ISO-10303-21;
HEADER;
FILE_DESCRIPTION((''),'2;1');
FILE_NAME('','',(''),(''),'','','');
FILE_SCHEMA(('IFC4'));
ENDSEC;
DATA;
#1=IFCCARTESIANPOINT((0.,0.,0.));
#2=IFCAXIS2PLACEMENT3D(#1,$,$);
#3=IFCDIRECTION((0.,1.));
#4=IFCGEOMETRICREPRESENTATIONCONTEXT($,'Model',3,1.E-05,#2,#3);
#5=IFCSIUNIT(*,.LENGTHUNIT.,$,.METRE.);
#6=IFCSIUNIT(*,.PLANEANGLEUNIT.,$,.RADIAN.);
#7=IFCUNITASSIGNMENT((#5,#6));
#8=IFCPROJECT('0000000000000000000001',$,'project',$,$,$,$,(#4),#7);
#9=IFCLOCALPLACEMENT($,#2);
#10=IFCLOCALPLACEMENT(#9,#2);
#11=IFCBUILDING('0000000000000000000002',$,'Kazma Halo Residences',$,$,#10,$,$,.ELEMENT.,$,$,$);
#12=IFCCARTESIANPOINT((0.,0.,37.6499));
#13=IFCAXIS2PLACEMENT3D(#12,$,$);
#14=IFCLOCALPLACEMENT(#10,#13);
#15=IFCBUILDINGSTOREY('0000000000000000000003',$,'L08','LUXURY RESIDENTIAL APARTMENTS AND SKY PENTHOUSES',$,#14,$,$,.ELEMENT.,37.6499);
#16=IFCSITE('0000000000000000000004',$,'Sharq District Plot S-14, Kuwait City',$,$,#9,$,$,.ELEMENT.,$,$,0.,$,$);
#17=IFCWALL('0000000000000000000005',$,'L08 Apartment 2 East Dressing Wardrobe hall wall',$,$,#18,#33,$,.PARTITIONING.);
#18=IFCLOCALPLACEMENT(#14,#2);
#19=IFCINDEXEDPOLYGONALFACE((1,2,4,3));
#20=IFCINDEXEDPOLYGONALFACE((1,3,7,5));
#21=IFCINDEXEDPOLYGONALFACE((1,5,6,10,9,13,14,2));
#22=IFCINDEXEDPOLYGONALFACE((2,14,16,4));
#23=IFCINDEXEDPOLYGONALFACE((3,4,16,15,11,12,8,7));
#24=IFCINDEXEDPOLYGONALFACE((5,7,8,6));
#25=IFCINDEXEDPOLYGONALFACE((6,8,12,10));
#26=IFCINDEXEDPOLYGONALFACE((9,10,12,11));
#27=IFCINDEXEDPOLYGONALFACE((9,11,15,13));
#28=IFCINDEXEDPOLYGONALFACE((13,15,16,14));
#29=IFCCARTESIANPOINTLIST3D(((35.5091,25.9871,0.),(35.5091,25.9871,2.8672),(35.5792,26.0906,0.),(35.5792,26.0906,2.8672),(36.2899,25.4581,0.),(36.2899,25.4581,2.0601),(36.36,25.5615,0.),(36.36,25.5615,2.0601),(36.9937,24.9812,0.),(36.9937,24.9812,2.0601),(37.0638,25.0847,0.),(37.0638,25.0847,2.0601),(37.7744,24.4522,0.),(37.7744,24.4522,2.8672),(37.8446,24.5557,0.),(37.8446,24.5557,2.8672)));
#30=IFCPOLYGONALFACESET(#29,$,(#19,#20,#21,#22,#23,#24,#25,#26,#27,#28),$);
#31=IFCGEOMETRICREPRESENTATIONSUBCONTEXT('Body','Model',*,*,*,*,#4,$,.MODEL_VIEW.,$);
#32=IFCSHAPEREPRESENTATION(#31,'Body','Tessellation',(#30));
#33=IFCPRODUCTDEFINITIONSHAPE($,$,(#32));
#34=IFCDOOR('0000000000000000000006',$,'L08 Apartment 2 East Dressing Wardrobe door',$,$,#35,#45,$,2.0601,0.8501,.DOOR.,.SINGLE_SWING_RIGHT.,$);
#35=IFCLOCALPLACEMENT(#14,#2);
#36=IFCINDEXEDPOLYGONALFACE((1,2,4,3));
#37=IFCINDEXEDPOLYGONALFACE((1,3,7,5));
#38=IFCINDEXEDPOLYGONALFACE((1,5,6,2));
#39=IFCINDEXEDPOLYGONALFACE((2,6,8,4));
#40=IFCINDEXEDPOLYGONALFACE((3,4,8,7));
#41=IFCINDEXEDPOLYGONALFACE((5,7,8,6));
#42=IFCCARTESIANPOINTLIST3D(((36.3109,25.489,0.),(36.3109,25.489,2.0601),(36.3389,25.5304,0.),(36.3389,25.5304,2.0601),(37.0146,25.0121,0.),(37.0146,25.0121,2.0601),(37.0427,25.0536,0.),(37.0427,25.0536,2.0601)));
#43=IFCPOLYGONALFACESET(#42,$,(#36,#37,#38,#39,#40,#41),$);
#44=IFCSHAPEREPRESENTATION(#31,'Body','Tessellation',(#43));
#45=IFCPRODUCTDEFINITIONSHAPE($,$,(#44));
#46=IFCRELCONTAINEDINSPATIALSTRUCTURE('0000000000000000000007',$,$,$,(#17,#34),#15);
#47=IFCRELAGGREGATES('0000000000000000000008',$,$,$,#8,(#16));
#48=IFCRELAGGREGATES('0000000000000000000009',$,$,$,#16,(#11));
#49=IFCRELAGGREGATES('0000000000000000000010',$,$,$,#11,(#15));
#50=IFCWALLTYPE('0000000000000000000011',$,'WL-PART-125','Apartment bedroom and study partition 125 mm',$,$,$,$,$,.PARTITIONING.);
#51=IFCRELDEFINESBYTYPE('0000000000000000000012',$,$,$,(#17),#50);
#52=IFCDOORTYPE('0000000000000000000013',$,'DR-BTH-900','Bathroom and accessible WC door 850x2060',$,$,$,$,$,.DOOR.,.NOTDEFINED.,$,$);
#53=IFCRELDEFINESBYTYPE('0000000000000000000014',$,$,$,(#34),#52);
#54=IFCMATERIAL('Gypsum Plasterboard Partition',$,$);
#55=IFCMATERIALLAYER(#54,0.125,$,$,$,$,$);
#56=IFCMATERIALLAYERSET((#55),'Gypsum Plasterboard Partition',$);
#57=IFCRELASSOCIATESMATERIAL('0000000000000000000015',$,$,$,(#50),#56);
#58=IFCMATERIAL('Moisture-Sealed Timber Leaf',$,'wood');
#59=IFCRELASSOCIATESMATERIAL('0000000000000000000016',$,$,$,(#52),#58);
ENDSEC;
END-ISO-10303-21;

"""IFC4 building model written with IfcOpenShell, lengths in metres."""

from ifc_helpers import new_model, si_unit, direction, frame, frame_2d, origin, place, context, subcontext, project, spatial, rectangle, extrude, material, layer, layer_set, type_object, element, fill, save


model = new_model("IFC4")

# Units and contexts
model_context = context("Model", 3, precision=1e-05, world=origin(), true_north=direction((0.0, 1.0)))
body_context = subcontext(model_context, "Body", "Model", "MODEL_VIEW")
ifc_project = project(units=[si_unit("LENGTHUNIT", "METRE"), si_unit("PLANEANGLEUNIT", "RADIAN")], contexts=[model_context])

# Site, building, storey
site_placement = place(None, origin())
site = spatial("IfcSite", under=ifc_project, at=site_placement, Name="Sharq District Plot S-14, Kuwait City", CompositionType="ELEMENT", RefElevation=0.0)
building_placement = place(site_placement, origin())
building = spatial("IfcBuilding", under=site, at=building_placement, Name="Kazma Halo Residences", CompositionType="ELEMENT")
storey_placement = place(building_placement, frame((0.0, 0.0, 37.6499)))
storey = spatial("IfcBuildingStorey", under=building, at=storey_placement, Name="L08", Description="LUXURY RESIDENTIAL APARTMENTS AND SKY PENTHOUSES", CompositionType="ELEMENT", Elevation=37.6499)

# Shared definitions
ifc_material_1 = material(Name="Gypsum Plasterboard Partition")
ifc_layer_1 = layer(ifc_material_1, 0.125)
ifc_layer_set_1 = layer_set([ifc_layer_1], Name="Gypsum Plasterboard Partition")
wall_type_1 = type_object("IfcWallType", Name="WL-PART-125", Description="Apartment bedroom and study partition 125 mm", PredefinedType="PARTITIONING", material=ifc_layer_set_1)

# Shared definitions
ifc_material_2 = material(Name="Moisture-Sealed Timber Leaf", Category="wood")
door_type_1 = type_object("IfcDoorType", Name="DR-BTH-900", Description="Bathroom and accessible WC door 850x2060", OperationType="NOTDEFINED", PredefinedType="DOOR", material=ifc_material_2)

# Wall, opening, door
wall_1_placement = place(storey_placement, frame((35.5442, 26.0388, 0.0), z_axis=(0.0, 0.0, 1.0), x_axis=(0.827868, -0.560923, 0.0)))
wall_1 = element("IfcWall", 1, at=wall_1_placement, inside=storey, type_object=wall_type_1, Name="L08 Apartment 2 East Dressing Wardrobe hall wall", PredefinedType="PARTITIONING", context=body_context, shape_type="SweptSolid", body=[
    extrude(rectangle(XDim=2.7363, YDim=0.125, at=frame_2d((1.3682, 0.0))), origin(), (0.0, 0.0, 1.0), 2.8672),
])
opening_1_placement = place(wall_1_placement, frame((0.9431, 0.0, 0.0)))
opening_1 = element("IfcOpeningElement", 2, at=opening_1_placement, cuts=wall_1, PredefinedType="OPENING", context=body_context, shape_type="SweptSolid", body=[
    extrude(rectangle(XDim=0.8501, YDim=2.0601, at=frame_2d((0.425, 1.03))), frame((0.0, 0.0725, 0.0), z_axis=(0.0, -1.0, 0.0), x_axis=(1.0, 0.0, 0.0)), (0.0, 0.0, 1.0), 0.145),
])
door_1_placement = place(opening_1_placement, origin())
door_1 = element("IfcDoor", 3, at=door_1_placement, inside=storey, type_object=door_type_1, Name="L08 Apartment 2 East Dressing Wardrobe door", OperationType="SINGLE_SWING_RIGHT", OverallHeight=2.0601, OverallWidth=0.8501, PredefinedType="DOOR", context=body_context, shape_type="SweptSolid", body=[
    extrude(rectangle(XDim=0.8501, YDim=2.0601, at=frame_2d((0.425, 1.03))), frame((0.0, 0.0249, 0.0), z_axis=(0.0, -1.0, 0.0), x_axis=(1.0, 0.0, 0.0)), (0.0, 0.0, 1.0), 0.05),
])
fill(opening_1, door_1)

save(model, "model.ifc")
